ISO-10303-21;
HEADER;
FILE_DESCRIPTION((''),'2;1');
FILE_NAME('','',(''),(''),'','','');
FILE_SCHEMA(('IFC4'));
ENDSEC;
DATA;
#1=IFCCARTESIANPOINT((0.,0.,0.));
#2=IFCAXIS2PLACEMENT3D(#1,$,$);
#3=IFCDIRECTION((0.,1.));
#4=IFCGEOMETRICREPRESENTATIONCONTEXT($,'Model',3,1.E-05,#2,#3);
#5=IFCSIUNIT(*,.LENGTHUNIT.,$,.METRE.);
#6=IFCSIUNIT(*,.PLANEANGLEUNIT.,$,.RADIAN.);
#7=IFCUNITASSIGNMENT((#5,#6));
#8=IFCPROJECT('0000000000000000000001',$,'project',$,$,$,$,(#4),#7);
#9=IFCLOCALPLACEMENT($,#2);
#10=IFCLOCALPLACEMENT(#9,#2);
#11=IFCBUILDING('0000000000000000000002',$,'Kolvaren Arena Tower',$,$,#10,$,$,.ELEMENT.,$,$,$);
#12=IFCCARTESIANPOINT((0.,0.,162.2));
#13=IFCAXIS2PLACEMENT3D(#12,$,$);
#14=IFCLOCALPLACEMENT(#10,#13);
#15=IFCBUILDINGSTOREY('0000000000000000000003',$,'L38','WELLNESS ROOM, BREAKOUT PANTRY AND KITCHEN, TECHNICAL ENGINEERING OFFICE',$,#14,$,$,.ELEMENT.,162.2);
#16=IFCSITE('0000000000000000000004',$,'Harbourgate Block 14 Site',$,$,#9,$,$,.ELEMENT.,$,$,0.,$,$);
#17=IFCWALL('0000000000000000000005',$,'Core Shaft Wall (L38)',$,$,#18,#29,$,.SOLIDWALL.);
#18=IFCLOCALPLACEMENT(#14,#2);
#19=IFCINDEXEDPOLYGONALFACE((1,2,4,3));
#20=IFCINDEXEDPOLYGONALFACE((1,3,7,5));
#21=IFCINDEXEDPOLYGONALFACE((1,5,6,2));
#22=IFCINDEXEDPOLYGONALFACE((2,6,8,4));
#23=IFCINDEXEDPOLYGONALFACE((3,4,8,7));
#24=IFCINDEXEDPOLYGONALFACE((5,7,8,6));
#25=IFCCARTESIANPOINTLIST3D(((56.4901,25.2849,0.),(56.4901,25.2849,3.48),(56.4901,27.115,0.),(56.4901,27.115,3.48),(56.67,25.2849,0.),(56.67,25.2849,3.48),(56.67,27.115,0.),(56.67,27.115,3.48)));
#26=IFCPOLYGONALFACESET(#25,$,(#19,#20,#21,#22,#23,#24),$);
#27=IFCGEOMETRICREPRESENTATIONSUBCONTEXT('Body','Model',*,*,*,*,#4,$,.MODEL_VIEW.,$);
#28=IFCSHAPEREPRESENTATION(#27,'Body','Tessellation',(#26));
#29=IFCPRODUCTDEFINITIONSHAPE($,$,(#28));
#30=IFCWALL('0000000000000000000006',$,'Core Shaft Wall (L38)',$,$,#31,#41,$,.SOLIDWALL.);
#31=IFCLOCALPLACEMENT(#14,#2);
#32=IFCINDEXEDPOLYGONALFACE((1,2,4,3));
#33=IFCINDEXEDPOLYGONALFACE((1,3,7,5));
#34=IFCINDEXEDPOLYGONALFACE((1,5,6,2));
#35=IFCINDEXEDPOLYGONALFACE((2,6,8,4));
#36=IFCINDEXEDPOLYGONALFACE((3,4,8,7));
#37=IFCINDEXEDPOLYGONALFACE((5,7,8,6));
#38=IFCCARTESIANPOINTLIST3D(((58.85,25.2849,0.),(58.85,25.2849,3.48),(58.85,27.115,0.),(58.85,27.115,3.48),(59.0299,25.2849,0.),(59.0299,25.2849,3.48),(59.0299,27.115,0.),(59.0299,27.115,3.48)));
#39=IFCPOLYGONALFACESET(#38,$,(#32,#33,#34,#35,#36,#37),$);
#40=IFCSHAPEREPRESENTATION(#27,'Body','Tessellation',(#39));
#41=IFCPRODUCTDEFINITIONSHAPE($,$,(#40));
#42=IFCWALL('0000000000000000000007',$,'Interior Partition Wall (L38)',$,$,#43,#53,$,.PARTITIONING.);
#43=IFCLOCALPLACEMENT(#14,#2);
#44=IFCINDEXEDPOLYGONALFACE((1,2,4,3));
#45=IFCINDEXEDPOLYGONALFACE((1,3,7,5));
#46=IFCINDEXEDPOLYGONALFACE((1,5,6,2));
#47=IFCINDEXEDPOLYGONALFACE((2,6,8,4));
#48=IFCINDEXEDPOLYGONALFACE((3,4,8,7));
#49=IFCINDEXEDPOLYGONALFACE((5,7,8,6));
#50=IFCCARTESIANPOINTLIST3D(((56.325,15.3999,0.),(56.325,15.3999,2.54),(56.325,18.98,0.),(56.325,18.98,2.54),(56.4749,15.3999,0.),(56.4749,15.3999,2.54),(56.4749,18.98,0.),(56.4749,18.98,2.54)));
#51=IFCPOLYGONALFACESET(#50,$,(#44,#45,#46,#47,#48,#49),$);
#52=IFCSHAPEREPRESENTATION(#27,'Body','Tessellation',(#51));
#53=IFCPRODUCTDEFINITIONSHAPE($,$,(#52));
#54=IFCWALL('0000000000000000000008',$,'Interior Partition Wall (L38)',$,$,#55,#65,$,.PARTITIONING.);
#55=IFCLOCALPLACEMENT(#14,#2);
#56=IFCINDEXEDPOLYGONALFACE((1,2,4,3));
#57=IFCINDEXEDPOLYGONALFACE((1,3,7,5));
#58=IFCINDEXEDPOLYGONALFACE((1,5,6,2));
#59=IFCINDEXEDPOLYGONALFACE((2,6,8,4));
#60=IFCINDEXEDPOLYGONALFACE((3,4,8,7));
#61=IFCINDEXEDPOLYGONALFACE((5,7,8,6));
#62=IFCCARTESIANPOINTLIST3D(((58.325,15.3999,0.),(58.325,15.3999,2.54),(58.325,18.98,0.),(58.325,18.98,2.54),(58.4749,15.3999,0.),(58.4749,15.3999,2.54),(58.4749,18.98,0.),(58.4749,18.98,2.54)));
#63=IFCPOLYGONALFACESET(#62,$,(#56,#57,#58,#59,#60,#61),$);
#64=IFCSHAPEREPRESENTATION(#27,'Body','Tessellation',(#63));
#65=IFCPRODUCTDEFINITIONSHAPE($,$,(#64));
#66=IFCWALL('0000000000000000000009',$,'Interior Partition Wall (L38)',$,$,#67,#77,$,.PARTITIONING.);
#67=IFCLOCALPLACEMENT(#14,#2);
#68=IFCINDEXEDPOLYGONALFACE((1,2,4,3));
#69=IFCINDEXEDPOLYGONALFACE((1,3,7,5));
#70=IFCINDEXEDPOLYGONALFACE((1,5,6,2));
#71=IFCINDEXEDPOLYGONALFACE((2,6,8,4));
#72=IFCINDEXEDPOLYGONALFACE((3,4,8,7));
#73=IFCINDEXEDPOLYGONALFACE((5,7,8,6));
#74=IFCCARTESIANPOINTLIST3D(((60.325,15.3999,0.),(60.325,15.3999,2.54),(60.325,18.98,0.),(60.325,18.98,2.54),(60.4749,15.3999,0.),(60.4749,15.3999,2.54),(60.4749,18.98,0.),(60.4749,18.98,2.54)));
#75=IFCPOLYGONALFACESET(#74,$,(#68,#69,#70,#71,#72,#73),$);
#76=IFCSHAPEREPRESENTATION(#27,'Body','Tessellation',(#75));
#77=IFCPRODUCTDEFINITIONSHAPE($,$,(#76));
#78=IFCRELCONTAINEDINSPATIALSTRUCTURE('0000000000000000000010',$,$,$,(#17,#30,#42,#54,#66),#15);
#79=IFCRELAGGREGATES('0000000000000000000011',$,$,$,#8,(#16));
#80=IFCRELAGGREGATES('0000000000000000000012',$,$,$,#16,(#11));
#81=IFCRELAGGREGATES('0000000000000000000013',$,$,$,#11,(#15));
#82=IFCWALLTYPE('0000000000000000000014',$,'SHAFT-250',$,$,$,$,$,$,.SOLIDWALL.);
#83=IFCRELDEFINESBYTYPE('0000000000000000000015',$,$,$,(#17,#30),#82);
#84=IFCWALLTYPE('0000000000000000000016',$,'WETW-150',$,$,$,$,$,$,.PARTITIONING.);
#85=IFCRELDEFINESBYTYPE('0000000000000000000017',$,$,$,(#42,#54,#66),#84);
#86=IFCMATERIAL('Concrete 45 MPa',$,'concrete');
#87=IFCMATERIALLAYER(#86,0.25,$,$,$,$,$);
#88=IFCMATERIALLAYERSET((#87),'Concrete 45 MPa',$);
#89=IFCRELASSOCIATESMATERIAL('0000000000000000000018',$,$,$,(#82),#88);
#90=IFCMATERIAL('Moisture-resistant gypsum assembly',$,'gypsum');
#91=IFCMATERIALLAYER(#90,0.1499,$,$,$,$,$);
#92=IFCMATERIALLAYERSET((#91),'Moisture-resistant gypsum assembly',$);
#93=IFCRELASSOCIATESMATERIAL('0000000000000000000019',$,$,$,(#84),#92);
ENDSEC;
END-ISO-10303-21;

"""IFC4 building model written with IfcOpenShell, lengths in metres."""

from ifc_helpers import new_model, si_unit, direction, frame, frame_2d, origin, place, context, subcontext, project, spatial, rectangle, extrude, material, layer, layer_set, type_object, element, save


model = new_model("IFC4")

# Units and contexts
model_context = context("Model", 3, precision=1e-05, world=origin(), true_north=direction((0.0, 1.0)))
body_context = subcontext(model_context, "Body", "Model", "MODEL_VIEW")
ifc_project = project(units=[si_unit("LENGTHUNIT", "METRE"), si_unit("PLANEANGLEUNIT", "RADIAN")], contexts=[model_context])

# Site, building, storey
site_placement = place(None, origin())
site = spatial("IfcSite", under=ifc_project, at=site_placement, Name="Harbourgate Block 14 Site", CompositionType="ELEMENT", RefElevation=0.0)
building_placement = place(site_placement, origin())
building = spatial("IfcBuilding", under=site, at=building_placement, Name="Kolvaren Arena Tower", CompositionType="ELEMENT")
storey_placement = place(building_placement, frame((0.0, 0.0, 162.2)))
storey = spatial("IfcBuildingStorey", under=building, at=storey_placement, Name="L38", Description="WELLNESS ROOM, BREAKOUT PANTRY AND KITCHEN, TECHNICAL ENGINEERING OFFICE", CompositionType="ELEMENT", Elevation=162.2)

# Walls
ifc_material_1 = material(Name="Concrete 45 MPa", Category="concrete")
ifc_layer_1 = layer(ifc_material_1, 0.25)
ifc_layer_set_1 = layer_set([ifc_layer_1], Name="Concrete 45 MPa")
wall_type_1 = type_object("IfcWallType", Name="SHAFT-250", PredefinedType="SOLIDWALL", material=ifc_layer_set_1)
for number, where, z_axis, x_axis, name in (
    (1, (56.5801, 25.2849, 0.0), (0.0, 0.0, 1.0), (0.0, 1.0, 0.0), "Core Shaft Wall (L38)"),
    (2, (58.9399, 25.2849, 0.0), (0.0, 0.0, 1.0), (0.0, 1.0, 0.0), "Core Shaft Wall (L38)"),
):
    element("IfcWall", number, at=place(storey_placement, frame(where, z_axis=z_axis, x_axis=x_axis)), inside=storey, type_object=wall_type_1, Name=name, PredefinedType="SOLIDWALL", context=body_context, shape_type="SweptSolid", body=[
        extrude(rectangle(XDim=1.8301, YDim=0.1799, at=frame_2d((0.915, 0.0))), origin(), (0.0, 0.0, 1.0), 3.48),
    ])
ifc_material_2 = material(Name="Moisture-resistant gypsum assembly", Category="gypsum")
ifc_layer_2 = layer(ifc_material_2, 0.1499)
ifc_layer_set_2 = layer_set([ifc_layer_2], Name="Moisture-resistant gypsum assembly")
wall_type_2 = type_object("IfcWallType", Name="WETW-150", PredefinedType="PARTITIONING", material=ifc_layer_set_2)
for number, where, z_axis, x_axis, name in (
    (3, (56.3999, 15.3999, 0.0), (0.0, 0.0, 1.0), (0.0, 1.0, 0.0), "Interior Partition Wall (L38)"),
    (4, (58.3999, 15.3999, 0.0), (0.0, 0.0, 1.0), (0.0, 1.0, 0.0), "Interior Partition Wall (L38)"),
    (5, (60.3999, 15.3999, 0.0), (0.0, 0.0, 1.0), (0.0, 1.0, 0.0), "Interior Partition Wall (L38)"),
):
    element("IfcWall", number, at=place(storey_placement, frame(where, z_axis=z_axis, x_axis=x_axis)), inside=storey, type_object=wall_type_2, Name=name, PredefinedType="PARTITIONING", context=body_context, shape_type="SweptSolid", body=[
        extrude(rectangle(XDim=3.5801, YDim=0.1499, at=frame_2d((1.79, 0.0))), origin(), (0.0, 0.0, 1.0), 2.54),
    ])

save(model, "model.ifc")
